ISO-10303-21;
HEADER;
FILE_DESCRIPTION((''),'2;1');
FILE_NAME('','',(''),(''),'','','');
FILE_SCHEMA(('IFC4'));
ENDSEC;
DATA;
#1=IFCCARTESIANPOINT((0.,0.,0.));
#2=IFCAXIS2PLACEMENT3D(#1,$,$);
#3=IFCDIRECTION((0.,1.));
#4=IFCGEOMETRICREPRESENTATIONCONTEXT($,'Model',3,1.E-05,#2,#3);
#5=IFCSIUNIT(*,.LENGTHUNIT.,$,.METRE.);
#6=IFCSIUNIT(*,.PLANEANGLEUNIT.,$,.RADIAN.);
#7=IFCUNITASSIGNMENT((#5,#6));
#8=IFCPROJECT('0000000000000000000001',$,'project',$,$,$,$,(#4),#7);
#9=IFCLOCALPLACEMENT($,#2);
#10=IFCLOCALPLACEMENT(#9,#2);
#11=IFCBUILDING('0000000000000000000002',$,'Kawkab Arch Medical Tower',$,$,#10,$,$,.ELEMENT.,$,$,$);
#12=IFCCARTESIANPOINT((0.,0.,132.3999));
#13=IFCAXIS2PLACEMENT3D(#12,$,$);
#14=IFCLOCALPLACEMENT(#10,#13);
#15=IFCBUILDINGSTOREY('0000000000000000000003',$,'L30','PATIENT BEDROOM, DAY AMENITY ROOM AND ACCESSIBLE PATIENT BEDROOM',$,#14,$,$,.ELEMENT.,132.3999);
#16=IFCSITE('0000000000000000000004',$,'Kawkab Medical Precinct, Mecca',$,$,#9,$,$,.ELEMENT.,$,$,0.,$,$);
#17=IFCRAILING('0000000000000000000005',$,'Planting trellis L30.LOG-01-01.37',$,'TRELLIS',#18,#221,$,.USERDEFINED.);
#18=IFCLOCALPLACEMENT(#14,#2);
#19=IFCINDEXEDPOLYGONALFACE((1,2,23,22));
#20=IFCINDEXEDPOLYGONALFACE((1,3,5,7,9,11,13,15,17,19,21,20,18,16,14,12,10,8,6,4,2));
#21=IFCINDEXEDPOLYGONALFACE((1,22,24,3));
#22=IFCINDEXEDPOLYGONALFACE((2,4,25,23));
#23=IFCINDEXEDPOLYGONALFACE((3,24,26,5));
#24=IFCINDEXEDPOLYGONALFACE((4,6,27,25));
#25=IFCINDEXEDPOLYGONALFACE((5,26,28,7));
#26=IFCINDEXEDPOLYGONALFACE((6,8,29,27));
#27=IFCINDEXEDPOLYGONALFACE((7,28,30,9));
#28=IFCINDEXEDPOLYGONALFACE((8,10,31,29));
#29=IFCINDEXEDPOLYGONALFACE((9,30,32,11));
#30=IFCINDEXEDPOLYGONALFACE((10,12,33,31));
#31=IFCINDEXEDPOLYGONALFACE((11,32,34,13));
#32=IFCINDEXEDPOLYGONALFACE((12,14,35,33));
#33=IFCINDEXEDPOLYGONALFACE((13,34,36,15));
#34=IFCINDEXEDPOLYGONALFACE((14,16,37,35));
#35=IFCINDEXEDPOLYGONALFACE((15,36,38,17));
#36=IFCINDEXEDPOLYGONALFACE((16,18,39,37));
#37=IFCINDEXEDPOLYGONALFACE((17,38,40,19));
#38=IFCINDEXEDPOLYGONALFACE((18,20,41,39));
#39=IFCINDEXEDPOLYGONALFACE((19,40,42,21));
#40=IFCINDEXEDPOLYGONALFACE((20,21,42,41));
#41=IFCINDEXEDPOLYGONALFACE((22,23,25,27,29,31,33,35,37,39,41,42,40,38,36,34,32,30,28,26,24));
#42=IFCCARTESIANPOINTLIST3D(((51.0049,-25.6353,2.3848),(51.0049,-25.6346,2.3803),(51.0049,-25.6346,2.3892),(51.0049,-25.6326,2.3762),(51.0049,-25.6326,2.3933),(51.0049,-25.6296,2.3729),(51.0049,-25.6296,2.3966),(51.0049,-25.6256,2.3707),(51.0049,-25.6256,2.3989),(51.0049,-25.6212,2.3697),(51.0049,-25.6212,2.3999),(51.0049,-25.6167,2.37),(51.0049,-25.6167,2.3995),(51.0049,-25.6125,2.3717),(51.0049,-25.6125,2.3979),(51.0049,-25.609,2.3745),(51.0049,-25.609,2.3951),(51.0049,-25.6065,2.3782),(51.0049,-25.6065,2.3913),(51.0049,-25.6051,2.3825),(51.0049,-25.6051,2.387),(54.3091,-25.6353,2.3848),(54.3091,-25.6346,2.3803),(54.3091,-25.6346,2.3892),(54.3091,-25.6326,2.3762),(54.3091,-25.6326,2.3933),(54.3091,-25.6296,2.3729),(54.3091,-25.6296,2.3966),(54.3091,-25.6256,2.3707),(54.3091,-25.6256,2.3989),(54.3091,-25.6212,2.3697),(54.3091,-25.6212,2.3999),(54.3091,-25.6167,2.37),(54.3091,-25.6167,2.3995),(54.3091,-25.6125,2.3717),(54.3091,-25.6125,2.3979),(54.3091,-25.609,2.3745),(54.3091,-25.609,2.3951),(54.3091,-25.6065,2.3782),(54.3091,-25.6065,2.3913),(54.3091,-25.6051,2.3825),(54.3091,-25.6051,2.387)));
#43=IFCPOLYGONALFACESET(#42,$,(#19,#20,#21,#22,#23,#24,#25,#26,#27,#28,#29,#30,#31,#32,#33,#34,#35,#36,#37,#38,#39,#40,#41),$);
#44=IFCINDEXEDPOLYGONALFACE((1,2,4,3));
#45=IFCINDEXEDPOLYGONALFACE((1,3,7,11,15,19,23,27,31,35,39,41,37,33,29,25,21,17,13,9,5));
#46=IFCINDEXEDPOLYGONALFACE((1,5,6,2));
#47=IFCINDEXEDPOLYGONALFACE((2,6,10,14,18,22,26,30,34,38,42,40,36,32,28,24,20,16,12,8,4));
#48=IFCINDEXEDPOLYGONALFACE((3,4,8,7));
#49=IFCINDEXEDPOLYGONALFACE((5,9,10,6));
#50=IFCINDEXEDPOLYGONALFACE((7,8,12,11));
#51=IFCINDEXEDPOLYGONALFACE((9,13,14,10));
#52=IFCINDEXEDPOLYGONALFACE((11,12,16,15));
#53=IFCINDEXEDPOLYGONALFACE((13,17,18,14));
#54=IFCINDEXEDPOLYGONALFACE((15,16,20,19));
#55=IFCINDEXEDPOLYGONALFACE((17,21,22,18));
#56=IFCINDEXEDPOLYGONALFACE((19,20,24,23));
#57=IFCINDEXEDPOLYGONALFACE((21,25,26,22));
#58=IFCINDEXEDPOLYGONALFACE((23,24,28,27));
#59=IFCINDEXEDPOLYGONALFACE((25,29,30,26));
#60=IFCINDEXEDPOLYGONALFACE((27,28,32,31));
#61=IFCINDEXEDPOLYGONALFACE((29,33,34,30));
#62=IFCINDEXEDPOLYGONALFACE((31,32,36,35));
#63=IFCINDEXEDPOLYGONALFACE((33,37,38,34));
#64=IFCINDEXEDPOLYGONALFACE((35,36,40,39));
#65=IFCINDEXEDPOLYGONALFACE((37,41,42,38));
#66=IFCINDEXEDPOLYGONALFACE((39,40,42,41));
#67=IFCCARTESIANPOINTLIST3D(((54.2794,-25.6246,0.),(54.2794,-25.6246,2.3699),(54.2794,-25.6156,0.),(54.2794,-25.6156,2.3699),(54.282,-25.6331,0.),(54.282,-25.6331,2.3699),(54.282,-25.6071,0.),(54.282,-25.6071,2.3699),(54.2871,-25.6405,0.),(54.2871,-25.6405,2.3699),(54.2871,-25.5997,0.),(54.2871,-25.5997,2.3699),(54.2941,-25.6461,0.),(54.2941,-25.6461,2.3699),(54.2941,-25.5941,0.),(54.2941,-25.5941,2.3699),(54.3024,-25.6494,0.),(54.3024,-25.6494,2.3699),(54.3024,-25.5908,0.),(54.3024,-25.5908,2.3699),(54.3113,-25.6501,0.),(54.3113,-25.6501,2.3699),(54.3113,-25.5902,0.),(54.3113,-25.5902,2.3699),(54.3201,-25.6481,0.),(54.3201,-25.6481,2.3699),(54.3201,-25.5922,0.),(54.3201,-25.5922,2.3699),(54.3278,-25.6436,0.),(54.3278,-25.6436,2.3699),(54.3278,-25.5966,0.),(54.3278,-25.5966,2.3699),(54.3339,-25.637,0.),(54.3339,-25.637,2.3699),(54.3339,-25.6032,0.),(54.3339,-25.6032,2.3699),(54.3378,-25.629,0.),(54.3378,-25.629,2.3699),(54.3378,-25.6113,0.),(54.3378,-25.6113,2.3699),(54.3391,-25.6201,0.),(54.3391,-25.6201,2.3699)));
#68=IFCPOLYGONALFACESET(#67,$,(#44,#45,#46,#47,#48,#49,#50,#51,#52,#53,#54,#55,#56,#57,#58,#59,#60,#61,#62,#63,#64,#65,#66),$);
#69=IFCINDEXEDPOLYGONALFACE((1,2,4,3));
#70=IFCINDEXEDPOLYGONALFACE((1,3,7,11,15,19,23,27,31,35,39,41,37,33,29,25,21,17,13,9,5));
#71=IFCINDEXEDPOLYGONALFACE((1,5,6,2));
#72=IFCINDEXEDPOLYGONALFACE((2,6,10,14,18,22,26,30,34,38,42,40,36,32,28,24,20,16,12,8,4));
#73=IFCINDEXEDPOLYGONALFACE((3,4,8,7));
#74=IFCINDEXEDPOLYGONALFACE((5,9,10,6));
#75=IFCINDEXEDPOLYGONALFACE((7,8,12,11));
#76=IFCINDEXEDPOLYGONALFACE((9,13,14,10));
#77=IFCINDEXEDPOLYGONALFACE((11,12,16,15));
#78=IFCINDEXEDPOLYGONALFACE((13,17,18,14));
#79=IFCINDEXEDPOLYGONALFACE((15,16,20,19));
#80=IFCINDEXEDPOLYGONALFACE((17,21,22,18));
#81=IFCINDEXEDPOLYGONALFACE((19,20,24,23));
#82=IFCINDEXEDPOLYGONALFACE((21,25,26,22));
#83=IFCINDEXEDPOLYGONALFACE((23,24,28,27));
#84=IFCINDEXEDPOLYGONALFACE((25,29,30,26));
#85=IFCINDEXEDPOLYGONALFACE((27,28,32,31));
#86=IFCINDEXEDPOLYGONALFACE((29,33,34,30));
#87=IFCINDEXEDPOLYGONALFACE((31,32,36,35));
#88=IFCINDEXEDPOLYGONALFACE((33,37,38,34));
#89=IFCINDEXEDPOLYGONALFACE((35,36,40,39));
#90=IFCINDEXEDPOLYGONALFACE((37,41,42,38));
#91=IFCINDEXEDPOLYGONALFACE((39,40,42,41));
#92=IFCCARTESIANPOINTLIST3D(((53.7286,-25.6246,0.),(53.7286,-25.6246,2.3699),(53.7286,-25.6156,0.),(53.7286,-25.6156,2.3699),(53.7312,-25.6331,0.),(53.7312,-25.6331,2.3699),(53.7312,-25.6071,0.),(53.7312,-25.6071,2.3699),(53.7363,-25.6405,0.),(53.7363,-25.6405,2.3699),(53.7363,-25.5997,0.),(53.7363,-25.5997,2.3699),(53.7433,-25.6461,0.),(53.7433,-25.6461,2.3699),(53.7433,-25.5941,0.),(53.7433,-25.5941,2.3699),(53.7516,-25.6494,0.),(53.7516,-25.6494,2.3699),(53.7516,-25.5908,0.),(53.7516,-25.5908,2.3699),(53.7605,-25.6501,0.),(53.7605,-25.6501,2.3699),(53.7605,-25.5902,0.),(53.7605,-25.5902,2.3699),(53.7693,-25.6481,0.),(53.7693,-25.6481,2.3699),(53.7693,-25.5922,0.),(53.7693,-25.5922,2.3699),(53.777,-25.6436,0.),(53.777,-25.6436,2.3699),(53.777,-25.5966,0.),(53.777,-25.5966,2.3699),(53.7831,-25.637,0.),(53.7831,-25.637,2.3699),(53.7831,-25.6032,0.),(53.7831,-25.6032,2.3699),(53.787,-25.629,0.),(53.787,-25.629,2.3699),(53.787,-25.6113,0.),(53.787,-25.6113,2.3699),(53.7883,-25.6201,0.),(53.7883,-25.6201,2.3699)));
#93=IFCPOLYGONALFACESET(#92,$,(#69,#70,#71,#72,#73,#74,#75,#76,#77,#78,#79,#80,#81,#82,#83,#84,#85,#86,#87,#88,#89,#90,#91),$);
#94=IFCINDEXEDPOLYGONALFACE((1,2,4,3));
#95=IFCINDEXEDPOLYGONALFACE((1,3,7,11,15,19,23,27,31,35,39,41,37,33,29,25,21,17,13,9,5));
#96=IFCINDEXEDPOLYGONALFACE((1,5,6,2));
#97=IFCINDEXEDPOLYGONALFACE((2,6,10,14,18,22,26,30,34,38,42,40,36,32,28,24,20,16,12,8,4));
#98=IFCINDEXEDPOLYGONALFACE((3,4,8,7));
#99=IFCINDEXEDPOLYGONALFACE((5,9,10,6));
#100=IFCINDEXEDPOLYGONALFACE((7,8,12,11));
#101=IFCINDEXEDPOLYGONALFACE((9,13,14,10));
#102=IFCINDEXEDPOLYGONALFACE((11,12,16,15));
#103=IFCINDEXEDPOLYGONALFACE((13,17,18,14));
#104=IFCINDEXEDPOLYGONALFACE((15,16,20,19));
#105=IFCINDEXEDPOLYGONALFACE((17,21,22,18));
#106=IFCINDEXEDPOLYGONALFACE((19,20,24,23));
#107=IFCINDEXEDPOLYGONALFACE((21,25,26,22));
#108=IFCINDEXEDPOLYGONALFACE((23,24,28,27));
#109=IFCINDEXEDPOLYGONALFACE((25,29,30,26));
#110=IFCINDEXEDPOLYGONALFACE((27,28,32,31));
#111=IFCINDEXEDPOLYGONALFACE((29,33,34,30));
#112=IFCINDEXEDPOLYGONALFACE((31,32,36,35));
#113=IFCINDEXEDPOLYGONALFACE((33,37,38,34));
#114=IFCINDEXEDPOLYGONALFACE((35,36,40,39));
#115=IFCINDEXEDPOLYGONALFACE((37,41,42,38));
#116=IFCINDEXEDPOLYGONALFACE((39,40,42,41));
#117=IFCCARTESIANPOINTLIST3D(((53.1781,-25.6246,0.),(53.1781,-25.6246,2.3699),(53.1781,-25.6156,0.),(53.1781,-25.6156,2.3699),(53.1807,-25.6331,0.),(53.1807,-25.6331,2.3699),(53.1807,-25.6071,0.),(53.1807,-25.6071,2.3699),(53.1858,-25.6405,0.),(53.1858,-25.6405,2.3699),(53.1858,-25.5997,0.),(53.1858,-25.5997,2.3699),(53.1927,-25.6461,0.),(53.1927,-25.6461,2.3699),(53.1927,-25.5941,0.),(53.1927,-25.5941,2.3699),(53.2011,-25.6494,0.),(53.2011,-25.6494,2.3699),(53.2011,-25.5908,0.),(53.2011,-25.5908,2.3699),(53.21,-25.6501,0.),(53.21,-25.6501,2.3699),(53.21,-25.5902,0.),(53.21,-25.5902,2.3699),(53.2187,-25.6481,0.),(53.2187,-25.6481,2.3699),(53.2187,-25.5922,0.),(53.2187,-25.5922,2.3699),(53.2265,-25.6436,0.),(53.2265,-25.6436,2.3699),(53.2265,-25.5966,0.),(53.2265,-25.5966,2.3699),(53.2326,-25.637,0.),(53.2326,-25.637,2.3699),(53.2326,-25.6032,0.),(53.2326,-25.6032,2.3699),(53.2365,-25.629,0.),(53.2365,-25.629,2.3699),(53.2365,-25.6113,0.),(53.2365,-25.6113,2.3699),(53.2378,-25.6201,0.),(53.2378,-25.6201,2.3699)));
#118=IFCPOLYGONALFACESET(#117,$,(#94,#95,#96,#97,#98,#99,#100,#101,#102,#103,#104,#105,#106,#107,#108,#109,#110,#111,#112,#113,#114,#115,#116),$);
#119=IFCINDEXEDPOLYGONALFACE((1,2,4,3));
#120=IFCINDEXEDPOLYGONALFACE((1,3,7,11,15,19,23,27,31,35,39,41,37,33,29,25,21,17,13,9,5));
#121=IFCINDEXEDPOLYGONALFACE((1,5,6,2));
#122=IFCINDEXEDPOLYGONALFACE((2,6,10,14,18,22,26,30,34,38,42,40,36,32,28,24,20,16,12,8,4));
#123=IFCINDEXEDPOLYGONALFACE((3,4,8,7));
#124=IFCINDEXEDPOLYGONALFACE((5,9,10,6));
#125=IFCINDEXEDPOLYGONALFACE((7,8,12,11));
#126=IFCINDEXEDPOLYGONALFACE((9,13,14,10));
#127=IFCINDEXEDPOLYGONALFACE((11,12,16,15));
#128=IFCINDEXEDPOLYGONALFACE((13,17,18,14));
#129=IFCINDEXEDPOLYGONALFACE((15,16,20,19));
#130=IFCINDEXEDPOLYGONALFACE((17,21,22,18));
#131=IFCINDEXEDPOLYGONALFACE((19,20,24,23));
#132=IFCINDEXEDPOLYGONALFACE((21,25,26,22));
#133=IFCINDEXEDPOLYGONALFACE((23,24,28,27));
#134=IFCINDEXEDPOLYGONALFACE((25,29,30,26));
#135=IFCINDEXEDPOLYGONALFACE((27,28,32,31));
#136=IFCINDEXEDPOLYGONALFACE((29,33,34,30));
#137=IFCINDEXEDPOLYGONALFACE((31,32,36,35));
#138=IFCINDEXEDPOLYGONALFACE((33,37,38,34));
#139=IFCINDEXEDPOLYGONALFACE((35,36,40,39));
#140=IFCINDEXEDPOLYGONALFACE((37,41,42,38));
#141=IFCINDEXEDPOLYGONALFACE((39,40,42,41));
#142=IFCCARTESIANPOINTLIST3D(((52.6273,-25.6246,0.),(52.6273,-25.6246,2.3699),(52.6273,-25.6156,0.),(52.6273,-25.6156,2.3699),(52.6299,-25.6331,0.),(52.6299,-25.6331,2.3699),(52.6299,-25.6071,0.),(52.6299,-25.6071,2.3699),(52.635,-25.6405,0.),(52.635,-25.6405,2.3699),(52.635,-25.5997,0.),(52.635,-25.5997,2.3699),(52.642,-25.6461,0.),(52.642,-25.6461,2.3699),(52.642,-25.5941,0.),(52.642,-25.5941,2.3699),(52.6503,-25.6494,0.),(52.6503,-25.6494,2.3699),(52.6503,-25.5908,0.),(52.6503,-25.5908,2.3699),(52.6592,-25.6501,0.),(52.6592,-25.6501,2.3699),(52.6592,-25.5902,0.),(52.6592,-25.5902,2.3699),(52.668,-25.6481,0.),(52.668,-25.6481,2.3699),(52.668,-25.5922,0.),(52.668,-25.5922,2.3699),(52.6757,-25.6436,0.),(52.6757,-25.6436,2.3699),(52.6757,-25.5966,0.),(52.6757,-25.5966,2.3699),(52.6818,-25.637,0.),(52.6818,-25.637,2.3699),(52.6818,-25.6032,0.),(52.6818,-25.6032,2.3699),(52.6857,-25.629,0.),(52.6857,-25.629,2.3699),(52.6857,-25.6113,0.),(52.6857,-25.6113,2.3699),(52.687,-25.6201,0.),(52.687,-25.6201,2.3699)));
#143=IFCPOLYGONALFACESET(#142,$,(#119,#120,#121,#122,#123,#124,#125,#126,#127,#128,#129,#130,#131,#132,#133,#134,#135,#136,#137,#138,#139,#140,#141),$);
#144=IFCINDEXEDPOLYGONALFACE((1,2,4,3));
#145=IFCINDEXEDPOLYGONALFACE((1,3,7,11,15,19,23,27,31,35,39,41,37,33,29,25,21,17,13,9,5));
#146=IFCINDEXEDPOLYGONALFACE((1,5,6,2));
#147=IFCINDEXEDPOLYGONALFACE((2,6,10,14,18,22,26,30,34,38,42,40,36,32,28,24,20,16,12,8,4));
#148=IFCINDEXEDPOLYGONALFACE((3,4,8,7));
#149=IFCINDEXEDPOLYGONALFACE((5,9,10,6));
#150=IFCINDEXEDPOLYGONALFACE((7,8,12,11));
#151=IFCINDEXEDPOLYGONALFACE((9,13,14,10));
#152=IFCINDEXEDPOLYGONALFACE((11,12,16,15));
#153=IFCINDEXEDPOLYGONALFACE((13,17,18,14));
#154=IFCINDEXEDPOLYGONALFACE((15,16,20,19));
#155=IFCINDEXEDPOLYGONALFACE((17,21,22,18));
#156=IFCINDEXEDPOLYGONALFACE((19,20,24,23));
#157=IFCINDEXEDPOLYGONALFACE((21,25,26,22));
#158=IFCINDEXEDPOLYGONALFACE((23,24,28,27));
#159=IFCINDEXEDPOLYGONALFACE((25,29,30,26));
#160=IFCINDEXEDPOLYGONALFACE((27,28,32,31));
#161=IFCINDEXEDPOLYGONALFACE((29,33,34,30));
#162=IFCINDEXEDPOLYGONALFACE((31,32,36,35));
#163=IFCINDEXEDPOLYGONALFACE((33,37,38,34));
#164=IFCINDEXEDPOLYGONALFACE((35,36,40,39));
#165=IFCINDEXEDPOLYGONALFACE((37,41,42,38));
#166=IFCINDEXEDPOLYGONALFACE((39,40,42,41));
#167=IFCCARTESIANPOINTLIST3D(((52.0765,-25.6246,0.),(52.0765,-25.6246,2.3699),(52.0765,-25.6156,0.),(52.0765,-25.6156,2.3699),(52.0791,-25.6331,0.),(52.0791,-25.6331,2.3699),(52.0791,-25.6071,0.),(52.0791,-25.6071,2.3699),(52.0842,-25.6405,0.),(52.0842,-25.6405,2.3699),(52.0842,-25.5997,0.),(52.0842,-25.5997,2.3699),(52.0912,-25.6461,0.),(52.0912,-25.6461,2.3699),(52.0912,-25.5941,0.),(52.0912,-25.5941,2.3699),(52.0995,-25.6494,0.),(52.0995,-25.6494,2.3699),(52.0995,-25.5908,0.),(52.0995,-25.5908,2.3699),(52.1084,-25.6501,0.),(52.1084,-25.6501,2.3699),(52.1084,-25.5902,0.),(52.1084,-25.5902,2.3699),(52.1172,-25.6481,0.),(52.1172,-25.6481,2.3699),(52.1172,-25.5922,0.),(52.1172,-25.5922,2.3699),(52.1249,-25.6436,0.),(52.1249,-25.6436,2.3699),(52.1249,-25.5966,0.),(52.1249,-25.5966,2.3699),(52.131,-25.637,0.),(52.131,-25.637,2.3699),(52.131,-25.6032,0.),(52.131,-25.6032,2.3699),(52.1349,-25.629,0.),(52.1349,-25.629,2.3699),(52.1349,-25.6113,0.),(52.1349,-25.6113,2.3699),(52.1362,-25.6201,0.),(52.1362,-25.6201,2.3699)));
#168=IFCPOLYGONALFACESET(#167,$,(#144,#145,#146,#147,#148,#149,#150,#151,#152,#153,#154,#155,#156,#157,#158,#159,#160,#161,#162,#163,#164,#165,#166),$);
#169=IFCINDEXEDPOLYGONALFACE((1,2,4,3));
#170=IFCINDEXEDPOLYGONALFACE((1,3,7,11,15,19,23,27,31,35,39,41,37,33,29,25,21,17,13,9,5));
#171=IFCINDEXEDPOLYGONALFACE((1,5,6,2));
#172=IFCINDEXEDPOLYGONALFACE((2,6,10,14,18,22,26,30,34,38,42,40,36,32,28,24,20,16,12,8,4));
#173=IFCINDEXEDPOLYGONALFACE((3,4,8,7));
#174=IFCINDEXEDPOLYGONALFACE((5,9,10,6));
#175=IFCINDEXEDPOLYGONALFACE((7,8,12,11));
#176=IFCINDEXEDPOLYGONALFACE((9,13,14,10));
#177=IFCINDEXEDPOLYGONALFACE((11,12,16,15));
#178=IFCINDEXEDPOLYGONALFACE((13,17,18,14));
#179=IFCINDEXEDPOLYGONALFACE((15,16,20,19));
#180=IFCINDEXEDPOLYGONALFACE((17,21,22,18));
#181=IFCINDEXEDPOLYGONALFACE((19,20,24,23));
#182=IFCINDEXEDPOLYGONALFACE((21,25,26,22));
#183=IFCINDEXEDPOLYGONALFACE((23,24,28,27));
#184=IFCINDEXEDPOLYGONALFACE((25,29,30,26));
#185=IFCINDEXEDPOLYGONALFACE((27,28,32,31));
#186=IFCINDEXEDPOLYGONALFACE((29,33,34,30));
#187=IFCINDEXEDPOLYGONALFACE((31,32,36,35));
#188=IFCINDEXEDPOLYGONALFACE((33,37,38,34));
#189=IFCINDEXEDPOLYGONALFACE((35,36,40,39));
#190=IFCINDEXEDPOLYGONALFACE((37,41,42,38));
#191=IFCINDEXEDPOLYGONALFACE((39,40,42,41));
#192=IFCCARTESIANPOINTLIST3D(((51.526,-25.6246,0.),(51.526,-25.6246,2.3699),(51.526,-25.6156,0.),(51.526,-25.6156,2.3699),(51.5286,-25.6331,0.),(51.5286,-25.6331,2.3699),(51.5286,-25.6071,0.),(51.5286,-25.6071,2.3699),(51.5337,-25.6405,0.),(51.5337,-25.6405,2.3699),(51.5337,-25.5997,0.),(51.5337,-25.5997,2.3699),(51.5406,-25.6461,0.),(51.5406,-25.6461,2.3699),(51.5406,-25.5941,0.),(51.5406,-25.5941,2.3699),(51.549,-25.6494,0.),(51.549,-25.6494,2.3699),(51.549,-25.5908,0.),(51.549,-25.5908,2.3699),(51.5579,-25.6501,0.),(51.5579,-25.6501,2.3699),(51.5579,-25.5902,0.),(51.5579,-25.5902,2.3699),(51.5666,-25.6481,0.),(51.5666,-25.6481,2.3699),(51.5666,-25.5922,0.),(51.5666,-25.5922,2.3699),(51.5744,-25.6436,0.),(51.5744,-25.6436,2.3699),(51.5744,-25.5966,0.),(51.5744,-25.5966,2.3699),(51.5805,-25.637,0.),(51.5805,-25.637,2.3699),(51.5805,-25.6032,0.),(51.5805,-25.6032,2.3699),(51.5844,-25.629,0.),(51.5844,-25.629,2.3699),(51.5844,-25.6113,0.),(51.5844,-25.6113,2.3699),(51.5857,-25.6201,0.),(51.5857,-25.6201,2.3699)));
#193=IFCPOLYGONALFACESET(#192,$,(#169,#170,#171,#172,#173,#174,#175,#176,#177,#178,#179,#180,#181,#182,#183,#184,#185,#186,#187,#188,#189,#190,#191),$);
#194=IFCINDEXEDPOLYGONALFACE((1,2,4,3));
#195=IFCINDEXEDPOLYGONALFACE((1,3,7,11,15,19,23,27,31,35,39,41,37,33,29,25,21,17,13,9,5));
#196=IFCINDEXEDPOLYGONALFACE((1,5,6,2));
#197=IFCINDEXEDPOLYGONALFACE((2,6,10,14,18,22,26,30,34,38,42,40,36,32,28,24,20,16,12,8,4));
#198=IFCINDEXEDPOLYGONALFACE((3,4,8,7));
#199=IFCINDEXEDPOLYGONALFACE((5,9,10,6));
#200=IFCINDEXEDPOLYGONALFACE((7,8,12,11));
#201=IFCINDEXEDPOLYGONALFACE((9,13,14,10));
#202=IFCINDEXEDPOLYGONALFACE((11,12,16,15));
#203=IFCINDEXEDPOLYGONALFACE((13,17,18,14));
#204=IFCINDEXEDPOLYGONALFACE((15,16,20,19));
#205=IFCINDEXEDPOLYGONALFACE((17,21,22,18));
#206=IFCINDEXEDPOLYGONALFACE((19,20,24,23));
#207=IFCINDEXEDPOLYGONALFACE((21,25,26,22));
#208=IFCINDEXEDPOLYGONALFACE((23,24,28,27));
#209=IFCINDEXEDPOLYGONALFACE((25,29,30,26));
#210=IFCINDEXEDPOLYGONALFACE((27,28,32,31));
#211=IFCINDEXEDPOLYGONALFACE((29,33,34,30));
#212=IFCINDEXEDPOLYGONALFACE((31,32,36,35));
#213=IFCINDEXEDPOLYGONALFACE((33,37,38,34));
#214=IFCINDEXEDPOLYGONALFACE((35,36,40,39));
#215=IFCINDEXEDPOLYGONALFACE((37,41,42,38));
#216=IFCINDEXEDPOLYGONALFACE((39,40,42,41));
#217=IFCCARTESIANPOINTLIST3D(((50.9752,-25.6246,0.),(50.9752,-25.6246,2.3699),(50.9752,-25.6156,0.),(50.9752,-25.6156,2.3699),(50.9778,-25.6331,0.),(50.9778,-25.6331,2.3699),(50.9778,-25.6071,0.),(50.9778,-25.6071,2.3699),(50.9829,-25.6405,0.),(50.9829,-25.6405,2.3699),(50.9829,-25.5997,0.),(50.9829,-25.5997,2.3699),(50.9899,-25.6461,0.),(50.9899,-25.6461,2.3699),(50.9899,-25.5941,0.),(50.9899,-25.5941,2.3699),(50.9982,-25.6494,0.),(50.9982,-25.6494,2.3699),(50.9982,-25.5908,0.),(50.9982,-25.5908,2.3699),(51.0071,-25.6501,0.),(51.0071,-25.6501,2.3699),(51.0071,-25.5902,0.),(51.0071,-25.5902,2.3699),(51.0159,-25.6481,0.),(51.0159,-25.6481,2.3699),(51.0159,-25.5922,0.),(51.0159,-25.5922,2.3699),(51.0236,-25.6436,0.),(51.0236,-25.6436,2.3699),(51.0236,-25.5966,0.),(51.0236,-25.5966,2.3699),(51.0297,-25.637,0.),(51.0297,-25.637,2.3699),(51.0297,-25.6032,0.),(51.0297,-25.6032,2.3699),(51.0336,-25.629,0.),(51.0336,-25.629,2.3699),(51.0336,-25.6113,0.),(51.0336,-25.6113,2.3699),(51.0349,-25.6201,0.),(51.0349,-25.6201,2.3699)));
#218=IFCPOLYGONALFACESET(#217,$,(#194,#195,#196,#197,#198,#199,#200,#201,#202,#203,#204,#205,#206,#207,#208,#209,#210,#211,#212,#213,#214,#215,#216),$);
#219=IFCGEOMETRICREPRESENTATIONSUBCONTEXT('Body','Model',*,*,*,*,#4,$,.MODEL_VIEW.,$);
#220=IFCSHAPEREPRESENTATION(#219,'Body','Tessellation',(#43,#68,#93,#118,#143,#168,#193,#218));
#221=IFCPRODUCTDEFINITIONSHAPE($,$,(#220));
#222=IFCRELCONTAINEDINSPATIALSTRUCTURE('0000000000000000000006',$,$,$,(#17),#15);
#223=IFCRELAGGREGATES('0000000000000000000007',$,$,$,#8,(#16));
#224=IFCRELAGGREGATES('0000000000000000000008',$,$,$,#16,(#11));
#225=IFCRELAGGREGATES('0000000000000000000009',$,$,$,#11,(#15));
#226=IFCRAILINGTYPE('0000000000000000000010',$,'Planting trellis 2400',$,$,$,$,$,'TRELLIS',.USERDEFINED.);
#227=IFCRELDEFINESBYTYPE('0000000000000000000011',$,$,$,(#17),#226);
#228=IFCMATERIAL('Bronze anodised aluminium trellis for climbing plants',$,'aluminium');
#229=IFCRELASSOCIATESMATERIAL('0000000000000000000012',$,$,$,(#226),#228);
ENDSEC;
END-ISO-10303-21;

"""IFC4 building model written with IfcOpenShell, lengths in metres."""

from ifc_helpers import new_model, si_unit, direction, frame, origin, origin_2d, place, context, subcontext, project, spatial, circle, extrude, material, type_object, element, save


model = new_model("IFC4")

# Units and contexts
model_context = context("Model", 3, precision=1e-05, world=origin(), true_north=direction((0.0, 1.0)))
body_context = subcontext(model_context, "Body", "Model", "MODEL_VIEW")
ifc_project = project(units=[si_unit("LENGTHUNIT", "METRE"), si_unit("PLANEANGLEUNIT", "RADIAN")], contexts=[model_context])

# Site, building, storey
site_placement = place(None, origin())
site = spatial("IfcSite", under=ifc_project, at=site_placement, Name="Kawkab Medical Precinct, Mecca", CompositionType="ELEMENT", RefElevation=0.0)
building_placement = place(site_placement, origin())
building = spatial("IfcBuilding", under=site, at=building_placement, Name="Kawkab Arch Medical Tower", CompositionType="ELEMENT")
storey_placement = place(building_placement, frame((0.0, 0.0, 132.3999)))
storey = spatial("IfcBuildingStorey", under=building, at=storey_placement, Name="L30", Description="PATIENT BEDROOM, DAY AMENITY ROOM AND ACCESSIBLE PATIENT BEDROOM", CompositionType="ELEMENT", Elevation=132.3999)

# Railing
ifc_material_1 = material(Name="Bronze anodised aluminium trellis for climbing plants", Category="aluminium")
railing_type = type_object("IfcRailingType", Name="Planting trellis 2400", ElementType="TRELLIS", PredefinedType="USERDEFINED", material=ifc_material_1)
railing_1_placement = place(storey_placement, frame((54.3091, -25.6201, 0.0)))
element("IfcRailing", 1, at=railing_1_placement, inside=storey, type_object=railing_type, Name="Planting trellis L30.LOG-01-01.37", ObjectType="TRELLIS", PredefinedType="USERDEFINED", context=body_context, shape_type="SweptSolid", body=[
    extrude(circle(Radius=0.0151, at=origin_2d()), frame((0.0, 0.0, 2.3848), z_axis=(-1.0, 0.0, 0.0), x_axis=(0.0, -1.0, 0.0)), (0.0, 0.0, 1.0), 3.3042),
    extrude(circle(Radius=0.03, at=origin_2d()), origin(), (0.0, 0.0, 1.0), 2.3699),
    extrude(circle(Radius=0.03, at=origin_2d()), frame((-0.5508, 0.0, 0.0)), (0.0, 0.0, 1.0), 2.3699),
    extrude(circle(Radius=0.03, at=origin_2d()), frame((-1.1013, 0.0, 0.0)), (0.0, 0.0, 1.0), 2.3699),
    extrude(circle(Radius=0.03, at=origin_2d()), frame((-1.6521, 0.0, 0.0)), (0.0, 0.0, 1.0), 2.3699),
    extrude(circle(Radius=0.03, at=origin_2d()), frame((-2.2029, 0.0, 0.0)), (0.0, 0.0, 1.0), 2.3699),
    extrude(circle(Radius=0.03, at=origin_2d()), frame((-2.7534, 0.0, 0.0)), (0.0, 0.0, 1.0), 2.3699),
    extrude(circle(Radius=0.03, at=origin_2d()), frame((-3.3042, 0.0, 0.0)), (0.0, 0.0, 1.0), 2.3699),
])

save(model, "model.ifc")
